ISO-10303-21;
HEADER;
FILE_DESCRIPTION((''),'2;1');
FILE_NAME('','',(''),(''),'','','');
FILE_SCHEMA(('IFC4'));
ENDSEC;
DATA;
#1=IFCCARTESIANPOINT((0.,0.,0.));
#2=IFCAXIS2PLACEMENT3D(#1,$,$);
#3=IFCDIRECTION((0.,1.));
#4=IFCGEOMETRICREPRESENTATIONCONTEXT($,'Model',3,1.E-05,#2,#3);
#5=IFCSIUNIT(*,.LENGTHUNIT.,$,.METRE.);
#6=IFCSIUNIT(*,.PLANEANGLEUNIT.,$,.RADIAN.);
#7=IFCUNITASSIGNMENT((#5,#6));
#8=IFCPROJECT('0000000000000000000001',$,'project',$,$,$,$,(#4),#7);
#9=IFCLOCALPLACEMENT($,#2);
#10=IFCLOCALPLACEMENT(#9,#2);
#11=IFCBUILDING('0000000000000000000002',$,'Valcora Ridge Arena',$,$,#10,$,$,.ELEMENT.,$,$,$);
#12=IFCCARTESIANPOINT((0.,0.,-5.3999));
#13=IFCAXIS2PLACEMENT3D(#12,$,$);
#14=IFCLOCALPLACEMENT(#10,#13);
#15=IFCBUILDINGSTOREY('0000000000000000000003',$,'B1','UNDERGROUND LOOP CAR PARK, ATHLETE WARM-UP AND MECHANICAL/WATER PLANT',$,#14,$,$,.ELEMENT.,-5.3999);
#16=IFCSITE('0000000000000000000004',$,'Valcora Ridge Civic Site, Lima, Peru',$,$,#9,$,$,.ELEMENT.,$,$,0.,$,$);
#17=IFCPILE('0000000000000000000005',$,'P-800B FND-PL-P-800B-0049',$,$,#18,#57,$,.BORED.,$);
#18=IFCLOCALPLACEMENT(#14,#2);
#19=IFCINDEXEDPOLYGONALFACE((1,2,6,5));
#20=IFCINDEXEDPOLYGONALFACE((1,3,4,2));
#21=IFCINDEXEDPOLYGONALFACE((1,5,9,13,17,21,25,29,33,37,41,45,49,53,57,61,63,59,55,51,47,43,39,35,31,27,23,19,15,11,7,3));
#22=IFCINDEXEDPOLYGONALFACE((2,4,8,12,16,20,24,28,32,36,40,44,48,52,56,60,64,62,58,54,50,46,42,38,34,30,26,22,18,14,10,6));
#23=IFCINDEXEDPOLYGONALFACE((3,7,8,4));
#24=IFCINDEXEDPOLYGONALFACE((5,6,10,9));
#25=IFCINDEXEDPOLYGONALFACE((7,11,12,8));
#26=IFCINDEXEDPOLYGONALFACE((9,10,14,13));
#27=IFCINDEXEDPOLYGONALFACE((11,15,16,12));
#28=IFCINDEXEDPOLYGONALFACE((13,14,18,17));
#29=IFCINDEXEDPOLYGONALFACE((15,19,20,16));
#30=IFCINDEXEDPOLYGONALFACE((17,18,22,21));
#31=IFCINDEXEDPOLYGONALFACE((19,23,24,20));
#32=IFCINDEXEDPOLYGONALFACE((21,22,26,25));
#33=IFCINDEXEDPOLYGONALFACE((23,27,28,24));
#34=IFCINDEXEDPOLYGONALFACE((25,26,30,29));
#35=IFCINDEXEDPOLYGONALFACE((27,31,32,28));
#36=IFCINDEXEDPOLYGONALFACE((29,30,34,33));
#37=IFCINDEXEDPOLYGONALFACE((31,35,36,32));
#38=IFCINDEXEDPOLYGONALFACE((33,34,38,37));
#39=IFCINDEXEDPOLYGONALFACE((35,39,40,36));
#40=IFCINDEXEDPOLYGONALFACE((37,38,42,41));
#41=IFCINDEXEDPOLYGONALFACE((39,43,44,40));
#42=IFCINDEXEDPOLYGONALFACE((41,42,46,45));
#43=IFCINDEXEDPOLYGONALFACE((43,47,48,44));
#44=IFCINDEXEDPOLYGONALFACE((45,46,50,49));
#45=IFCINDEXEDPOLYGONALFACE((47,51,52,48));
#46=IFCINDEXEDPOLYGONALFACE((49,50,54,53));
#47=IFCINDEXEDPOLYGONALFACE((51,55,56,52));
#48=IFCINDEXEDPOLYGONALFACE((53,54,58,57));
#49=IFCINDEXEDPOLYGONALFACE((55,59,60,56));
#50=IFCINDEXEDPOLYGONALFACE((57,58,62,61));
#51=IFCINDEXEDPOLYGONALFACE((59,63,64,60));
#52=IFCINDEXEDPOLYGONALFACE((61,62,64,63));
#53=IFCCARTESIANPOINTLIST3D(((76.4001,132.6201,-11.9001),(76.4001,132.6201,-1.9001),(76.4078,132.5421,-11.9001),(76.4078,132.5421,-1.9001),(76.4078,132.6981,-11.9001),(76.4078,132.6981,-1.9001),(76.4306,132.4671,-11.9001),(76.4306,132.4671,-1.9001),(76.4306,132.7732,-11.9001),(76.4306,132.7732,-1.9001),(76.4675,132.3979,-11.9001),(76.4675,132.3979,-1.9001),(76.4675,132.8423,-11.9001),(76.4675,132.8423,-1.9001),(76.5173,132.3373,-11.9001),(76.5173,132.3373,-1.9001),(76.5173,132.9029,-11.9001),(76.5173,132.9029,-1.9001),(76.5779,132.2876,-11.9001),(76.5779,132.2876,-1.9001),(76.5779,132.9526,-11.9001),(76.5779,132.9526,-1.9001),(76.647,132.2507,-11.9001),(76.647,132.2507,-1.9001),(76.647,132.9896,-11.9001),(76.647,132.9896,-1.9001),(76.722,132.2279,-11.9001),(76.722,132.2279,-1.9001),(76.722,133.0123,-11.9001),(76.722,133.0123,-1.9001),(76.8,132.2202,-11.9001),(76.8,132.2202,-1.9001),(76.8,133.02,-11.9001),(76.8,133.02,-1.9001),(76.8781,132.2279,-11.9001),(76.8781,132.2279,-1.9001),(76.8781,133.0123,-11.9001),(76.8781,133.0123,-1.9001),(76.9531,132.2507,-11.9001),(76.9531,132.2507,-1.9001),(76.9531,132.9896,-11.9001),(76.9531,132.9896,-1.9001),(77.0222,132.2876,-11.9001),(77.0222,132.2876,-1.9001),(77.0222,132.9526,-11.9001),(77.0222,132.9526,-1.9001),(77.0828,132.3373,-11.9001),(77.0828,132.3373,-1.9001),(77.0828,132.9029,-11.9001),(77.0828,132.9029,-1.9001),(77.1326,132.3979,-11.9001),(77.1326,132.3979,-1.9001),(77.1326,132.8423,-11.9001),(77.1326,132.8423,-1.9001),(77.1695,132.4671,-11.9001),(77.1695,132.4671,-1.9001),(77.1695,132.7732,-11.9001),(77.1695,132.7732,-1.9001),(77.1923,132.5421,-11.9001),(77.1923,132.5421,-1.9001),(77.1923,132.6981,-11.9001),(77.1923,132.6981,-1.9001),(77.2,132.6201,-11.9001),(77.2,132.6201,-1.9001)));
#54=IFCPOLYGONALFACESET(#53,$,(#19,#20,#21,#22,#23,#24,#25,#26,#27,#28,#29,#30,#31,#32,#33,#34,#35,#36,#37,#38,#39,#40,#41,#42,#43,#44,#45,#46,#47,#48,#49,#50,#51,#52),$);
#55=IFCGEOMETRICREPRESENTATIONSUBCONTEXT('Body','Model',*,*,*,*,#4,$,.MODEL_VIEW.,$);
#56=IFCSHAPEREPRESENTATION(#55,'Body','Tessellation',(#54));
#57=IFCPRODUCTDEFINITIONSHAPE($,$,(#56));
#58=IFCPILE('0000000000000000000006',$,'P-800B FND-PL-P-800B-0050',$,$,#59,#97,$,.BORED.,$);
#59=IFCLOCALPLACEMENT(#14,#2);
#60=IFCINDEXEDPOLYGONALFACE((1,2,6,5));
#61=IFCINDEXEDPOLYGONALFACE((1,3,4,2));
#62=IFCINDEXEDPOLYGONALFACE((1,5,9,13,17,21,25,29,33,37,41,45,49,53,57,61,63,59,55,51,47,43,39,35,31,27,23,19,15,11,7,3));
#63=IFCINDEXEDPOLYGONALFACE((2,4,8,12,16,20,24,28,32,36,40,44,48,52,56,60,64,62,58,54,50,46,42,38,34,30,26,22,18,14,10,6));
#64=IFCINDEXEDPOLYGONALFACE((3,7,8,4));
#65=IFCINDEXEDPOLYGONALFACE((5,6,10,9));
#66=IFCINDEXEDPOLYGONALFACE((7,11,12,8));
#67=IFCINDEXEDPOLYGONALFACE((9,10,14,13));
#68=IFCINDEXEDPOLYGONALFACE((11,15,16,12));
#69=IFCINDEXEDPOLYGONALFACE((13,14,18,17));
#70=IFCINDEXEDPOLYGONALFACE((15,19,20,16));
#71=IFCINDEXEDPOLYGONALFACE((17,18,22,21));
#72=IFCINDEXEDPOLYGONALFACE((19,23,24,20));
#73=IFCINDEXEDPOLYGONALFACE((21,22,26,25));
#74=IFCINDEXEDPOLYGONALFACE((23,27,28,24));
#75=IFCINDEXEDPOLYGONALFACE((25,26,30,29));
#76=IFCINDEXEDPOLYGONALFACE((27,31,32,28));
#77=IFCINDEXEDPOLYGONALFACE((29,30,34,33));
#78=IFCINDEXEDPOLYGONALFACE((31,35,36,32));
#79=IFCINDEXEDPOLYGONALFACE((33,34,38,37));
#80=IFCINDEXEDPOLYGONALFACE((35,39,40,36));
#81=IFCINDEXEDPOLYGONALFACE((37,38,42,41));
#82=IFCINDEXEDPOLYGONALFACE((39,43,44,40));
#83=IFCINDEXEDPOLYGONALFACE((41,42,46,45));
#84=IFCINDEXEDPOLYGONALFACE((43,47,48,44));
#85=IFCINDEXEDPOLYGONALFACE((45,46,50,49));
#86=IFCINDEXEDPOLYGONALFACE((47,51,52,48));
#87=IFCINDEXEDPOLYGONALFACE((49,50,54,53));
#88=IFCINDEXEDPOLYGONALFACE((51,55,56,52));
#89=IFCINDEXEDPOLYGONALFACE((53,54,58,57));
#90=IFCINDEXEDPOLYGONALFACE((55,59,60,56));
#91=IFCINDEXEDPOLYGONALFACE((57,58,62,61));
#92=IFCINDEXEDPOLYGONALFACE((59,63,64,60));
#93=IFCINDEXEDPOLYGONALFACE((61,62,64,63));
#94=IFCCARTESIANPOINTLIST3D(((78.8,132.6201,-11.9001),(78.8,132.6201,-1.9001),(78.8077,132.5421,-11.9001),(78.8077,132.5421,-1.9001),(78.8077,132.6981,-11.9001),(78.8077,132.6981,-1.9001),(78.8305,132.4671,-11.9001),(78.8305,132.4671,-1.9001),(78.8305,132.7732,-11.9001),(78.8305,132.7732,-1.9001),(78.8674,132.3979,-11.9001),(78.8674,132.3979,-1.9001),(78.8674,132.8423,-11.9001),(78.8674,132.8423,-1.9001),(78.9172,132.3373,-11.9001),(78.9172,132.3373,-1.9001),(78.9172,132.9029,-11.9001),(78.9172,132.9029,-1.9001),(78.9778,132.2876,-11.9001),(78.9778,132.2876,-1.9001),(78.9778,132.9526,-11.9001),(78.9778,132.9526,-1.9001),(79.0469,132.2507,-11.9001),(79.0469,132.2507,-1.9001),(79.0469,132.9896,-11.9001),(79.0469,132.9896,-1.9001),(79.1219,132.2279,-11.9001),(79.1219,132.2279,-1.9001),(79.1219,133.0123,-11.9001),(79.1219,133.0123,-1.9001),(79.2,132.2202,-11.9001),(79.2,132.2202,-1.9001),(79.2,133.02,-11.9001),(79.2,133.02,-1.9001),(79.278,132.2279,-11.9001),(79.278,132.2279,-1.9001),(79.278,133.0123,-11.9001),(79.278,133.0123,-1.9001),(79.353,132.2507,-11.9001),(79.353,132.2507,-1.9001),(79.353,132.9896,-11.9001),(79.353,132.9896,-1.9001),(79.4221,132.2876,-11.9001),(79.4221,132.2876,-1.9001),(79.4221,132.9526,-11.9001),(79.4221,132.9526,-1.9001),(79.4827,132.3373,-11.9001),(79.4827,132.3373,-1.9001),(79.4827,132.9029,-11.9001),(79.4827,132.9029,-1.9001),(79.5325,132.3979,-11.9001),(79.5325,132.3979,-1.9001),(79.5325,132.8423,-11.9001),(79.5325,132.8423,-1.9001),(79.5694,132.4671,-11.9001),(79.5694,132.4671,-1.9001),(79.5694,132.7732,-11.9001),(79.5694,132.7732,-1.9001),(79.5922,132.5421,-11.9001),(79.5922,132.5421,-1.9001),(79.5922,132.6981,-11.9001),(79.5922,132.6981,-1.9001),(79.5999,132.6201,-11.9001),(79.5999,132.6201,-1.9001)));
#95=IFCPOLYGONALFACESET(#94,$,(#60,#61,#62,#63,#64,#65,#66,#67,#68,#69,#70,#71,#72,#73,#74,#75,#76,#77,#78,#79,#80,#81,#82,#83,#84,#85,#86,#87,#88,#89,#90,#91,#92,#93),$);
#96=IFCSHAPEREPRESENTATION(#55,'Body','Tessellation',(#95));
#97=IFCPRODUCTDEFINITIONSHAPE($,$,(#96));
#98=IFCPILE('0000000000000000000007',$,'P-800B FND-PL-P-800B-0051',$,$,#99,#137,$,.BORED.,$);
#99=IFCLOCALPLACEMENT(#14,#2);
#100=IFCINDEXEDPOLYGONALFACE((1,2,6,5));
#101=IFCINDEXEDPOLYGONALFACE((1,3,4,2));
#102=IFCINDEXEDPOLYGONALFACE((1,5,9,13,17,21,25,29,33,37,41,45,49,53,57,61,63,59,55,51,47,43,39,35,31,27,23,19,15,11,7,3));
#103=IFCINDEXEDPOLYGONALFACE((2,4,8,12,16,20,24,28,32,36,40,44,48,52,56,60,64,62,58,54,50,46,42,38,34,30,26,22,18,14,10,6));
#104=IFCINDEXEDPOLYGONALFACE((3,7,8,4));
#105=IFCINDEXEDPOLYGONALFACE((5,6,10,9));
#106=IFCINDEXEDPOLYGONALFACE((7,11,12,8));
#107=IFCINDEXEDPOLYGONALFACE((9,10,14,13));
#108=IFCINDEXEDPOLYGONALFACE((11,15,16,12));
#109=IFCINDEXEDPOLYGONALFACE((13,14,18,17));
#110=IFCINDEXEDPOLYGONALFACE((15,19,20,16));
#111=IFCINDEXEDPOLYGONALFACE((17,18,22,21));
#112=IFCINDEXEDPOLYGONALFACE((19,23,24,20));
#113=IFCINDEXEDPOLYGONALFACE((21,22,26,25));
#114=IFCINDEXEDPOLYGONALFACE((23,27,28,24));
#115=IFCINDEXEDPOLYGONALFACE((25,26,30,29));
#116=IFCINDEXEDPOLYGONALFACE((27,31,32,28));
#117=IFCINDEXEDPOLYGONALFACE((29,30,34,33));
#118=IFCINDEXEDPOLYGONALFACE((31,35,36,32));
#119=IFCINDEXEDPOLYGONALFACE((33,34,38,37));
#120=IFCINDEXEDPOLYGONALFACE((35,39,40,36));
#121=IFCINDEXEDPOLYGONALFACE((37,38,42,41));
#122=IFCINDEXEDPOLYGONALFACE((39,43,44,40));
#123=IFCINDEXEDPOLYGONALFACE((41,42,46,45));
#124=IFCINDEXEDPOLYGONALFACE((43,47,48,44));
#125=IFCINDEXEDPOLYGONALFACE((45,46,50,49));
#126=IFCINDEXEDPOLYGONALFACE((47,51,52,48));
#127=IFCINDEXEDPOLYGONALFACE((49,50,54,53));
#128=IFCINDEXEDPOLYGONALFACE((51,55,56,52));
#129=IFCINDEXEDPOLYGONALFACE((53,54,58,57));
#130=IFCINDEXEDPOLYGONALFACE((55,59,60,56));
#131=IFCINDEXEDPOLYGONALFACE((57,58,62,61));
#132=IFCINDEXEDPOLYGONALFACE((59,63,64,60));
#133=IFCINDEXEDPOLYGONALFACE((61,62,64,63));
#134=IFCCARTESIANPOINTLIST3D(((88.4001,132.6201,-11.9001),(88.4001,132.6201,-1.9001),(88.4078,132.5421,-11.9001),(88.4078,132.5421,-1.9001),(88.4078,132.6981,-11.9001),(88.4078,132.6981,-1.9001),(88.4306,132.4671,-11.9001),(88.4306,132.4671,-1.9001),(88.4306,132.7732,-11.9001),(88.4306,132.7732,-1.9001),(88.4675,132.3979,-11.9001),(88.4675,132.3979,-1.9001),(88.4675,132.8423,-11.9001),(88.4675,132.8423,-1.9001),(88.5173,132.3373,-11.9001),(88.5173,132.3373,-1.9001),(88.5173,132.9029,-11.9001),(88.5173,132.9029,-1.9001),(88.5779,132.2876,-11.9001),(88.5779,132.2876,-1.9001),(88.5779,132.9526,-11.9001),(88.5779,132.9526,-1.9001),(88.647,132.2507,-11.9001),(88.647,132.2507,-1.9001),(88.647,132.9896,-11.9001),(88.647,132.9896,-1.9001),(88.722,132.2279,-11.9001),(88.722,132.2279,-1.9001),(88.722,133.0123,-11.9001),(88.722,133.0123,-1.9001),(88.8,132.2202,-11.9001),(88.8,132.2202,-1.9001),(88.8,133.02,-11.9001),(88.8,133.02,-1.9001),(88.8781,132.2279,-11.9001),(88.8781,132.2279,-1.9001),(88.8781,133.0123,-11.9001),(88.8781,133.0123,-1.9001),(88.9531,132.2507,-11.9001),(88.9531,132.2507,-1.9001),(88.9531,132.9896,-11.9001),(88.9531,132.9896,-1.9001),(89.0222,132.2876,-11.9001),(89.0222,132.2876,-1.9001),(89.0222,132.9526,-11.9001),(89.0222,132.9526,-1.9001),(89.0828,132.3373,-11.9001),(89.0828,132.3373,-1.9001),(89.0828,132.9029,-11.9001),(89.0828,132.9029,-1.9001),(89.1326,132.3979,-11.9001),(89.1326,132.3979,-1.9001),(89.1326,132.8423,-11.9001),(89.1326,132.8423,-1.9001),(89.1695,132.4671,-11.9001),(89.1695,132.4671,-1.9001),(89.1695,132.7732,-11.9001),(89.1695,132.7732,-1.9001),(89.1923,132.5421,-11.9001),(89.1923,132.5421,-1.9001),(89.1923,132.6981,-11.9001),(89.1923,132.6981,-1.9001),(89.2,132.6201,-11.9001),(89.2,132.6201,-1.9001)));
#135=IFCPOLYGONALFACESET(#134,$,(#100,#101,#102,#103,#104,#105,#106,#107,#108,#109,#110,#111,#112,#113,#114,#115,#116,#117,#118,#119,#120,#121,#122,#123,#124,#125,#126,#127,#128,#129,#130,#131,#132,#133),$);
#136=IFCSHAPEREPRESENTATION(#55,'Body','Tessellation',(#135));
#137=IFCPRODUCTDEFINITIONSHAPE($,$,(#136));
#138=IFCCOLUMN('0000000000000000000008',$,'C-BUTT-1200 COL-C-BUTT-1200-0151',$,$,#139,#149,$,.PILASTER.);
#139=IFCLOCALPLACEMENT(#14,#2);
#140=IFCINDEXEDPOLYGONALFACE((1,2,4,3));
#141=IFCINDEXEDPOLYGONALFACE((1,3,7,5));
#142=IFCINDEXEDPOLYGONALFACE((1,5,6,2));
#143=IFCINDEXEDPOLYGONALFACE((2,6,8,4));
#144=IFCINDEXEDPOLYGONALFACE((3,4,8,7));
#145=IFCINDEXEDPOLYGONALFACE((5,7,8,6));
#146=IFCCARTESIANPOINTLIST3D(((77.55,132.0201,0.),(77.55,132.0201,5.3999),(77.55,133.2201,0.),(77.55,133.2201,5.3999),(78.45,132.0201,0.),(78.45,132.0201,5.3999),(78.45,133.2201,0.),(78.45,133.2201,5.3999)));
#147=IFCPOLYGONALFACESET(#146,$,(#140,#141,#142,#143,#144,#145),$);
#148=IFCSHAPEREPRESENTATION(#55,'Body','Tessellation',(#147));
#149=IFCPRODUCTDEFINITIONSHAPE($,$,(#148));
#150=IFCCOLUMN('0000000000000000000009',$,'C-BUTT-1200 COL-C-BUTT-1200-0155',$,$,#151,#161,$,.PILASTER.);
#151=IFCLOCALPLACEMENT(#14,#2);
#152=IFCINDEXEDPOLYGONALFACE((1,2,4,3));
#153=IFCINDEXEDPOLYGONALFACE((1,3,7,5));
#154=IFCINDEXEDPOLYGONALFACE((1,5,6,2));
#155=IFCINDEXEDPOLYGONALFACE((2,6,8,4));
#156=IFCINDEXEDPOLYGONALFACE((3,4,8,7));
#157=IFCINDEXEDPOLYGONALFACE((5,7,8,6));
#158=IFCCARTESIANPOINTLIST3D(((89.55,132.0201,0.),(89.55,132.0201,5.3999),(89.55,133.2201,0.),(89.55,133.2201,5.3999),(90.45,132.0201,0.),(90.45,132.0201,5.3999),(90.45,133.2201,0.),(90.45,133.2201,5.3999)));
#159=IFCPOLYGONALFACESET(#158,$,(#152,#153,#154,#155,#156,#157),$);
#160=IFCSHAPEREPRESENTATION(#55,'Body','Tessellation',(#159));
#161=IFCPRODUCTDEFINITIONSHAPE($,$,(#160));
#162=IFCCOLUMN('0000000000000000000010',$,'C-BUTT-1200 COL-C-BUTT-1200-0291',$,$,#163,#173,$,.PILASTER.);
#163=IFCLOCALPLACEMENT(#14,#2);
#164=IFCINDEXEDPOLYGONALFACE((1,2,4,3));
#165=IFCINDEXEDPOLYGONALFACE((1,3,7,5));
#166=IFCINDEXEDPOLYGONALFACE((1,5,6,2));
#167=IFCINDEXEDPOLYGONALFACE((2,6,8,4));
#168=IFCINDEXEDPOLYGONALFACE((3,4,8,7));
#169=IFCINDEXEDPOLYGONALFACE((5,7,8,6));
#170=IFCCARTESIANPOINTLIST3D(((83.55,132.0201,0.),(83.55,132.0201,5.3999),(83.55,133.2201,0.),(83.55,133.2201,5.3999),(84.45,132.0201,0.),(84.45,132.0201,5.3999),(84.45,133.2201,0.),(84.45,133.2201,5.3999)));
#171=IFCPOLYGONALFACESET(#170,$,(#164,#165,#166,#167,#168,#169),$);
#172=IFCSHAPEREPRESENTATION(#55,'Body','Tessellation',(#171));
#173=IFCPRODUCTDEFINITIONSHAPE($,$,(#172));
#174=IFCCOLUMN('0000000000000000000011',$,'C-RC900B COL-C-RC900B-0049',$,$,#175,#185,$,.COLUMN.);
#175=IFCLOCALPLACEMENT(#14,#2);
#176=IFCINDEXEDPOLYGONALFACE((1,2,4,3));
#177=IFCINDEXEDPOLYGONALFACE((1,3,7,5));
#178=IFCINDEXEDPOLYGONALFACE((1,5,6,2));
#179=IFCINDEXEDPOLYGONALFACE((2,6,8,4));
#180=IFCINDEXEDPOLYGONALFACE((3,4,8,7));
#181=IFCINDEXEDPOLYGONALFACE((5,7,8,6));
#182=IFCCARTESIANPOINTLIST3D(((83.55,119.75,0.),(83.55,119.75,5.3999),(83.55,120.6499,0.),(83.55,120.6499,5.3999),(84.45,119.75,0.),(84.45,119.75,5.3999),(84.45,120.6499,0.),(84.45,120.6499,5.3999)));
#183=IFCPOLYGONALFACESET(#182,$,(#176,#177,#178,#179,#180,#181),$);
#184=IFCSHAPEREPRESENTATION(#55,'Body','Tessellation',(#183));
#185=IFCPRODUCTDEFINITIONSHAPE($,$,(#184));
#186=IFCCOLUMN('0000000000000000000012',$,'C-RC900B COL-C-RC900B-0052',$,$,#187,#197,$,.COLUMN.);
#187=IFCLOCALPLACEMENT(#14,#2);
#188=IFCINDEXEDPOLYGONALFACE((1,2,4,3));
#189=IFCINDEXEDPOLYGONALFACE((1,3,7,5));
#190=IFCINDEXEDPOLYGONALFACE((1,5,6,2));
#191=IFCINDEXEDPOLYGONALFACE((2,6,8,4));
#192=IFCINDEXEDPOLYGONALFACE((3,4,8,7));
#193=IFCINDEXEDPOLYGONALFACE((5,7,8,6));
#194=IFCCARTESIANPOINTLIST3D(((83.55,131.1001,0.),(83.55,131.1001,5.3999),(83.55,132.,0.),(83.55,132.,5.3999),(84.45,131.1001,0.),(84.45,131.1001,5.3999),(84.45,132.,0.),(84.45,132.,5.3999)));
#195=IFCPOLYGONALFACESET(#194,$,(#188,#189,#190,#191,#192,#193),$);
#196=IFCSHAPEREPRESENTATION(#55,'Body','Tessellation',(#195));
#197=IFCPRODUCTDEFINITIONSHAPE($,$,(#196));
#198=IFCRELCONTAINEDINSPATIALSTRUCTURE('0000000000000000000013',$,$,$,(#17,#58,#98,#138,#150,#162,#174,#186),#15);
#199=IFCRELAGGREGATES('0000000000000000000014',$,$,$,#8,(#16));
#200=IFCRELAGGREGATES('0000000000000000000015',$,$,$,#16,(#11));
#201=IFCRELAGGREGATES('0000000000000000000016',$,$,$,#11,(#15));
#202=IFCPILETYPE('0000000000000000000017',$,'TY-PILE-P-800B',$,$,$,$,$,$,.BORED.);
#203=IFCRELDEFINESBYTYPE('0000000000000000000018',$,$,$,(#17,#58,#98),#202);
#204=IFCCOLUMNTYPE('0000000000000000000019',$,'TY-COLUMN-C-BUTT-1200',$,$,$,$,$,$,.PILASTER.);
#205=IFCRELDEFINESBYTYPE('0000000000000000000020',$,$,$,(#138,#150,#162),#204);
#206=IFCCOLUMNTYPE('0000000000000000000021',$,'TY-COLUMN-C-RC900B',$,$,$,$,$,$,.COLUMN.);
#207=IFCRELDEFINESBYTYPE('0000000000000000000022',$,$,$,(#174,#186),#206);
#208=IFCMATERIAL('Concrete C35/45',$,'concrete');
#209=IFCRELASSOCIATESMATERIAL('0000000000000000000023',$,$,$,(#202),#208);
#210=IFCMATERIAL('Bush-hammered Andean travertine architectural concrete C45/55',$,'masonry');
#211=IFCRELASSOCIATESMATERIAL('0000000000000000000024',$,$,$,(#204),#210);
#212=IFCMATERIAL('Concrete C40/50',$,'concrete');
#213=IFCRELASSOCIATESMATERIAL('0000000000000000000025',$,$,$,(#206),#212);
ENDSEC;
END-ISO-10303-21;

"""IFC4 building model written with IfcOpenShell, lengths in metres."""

from ifc_helpers import new_model, si_unit, direction, frame, origin, origin_2d, place, context, subcontext, project, spatial, rectangle, circle, extrude, material, material_profile, profile_set, type_object, element, save


model = new_model("IFC4")

# Units and contexts
model_context = context("Model", 3, precision=1e-05, world=origin(), true_north=direction((0.0, 1.0)))
body_context = subcontext(model_context, "Body", "Model", "MODEL_VIEW")
ifc_project = project(units=[si_unit("LENGTHUNIT", "METRE"), si_unit("PLANEANGLEUNIT", "RADIAN")], contexts=[model_context])

# Site, building, storey
site_placement = place(None, origin())
site = spatial("IfcSite", under=ifc_project, at=site_placement, Name="Valcora Ridge Civic Site, Lima, Peru", CompositionType="ELEMENT", RefElevation=0.0)
building_placement = place(site_placement, origin())
building = spatial("IfcBuilding", under=site, at=building_placement, Name="Valcora Ridge Arena", CompositionType="ELEMENT")
storey_placement = place(building_placement, frame((0.0, 0.0, -5.3999)))
storey = spatial("IfcBuildingStorey", under=building, at=storey_placement, Name="B1", Description="UNDERGROUND LOOP CAR PARK, ATHLETE WARM-UP AND MECHANICAL/WATER PLANT", CompositionType="ELEMENT", Elevation=-5.3999)

# Shared definitions
ifc_material_1 = material(Name="Concrete C40/50", Category="concrete")

# Piles
ifc_material_2 = material(Name="Concrete C35/45", Category="concrete")
ifc_material_profile_1 = material_profile(ifc_material_2, circle(Radius=0.3999, at=origin_2d()), Name="BORED PILE D800")
ifc_profile_set_1 = profile_set([ifc_material_profile_1], Name="Concrete C35/45")
pile_type_1 = type_object("IfcPileType", Name="TY-PILE-P-800B", PredefinedType="BORED", material=ifc_profile_set_1)
for number, where, z_axis, x_axis, name in (
    (1, (76.8, 132.6201, -1.9001), (0.0, 0.0, -1.0), (1.0, 0.0, 0.0), "P-800B FND-PL-P-800B-0049"),
    (2, (79.2, 132.6201, -1.9001), (0.0, 0.0, -1.0), (1.0, 0.0, 0.0), "P-800B FND-PL-P-800B-0050"),
    (3, (88.8, 132.6201, -1.9001), (0.0, 0.0, -1.0), (1.0, 0.0, 0.0), "P-800B FND-PL-P-800B-0051"),
):
    element("IfcPile", number, at=place(storey_placement, frame(where, z_axis=z_axis, x_axis=x_axis)), inside=storey, type_object=pile_type_1, Name=name, PredefinedType="BORED", context=body_context, shape_type="SweptSolid", body=[
        extrude(circle(Radius=0.3999, at=origin_2d()), origin(), (0.0, 0.0, 1.0), 10.0),
    ])

# Columns
ifc_material_3 = material(Name="Bush-hammered Andean travertine architectural concrete C45/55", Category="masonry")
ifc_material_profile_2 = material_profile(ifc_material_3, rectangle(XDim=0.8999, YDim=1.2, at=origin_2d()), Name="RC 900x1200")
ifc_profile_set_2 = profile_set([ifc_material_profile_2], Name="Bush-hammered Andean travertine architectural concrete C45/55")
column_type_1 = type_object("IfcColumnType", Name="TY-COLUMN-C-BUTT-1200", PredefinedType="PILASTER", material=ifc_profile_set_2)
for number, where, z_axis, x_axis, name in (
    (4, (78.0, 132.6201, 0.0), (0.0, 0.0, 1.0), (1.0, 0.0, 0.0), "C-BUTT-1200 COL-C-BUTT-1200-0151"),
    (5, (90.0, 132.6201, 0.0), (0.0, 0.0, 1.0), (1.0, 0.0, 0.0), "C-BUTT-1200 COL-C-BUTT-1200-0155"),
    (6, (84.0, 132.6201, 0.0), (0.0, 0.0, 1.0), (1.0, 0.0, 0.0), "C-BUTT-1200 COL-C-BUTT-1200-0291"),
):
    element("IfcColumn", number, at=place(storey_placement, frame(where, z_axis=z_axis, x_axis=x_axis)), inside=storey, type_object=column_type_1, Name=name, PredefinedType="PILASTER", context=body_context, shape_type="SweptSolid", body=[
        extrude(rectangle(XDim=0.8999, YDim=1.2, at=origin_2d()), origin(), (0.0, 0.0, 1.0), 5.3999),
    ])
ifc_material_profile_3 = material_profile(ifc_material_1, rectangle(XDim=0.8999, YDim=0.8999, at=origin_2d()), Name="RC 900x900")
ifc_profile_set_3 = profile_set([ifc_material_profile_3], Name="Concrete C40/50")
column_type_2 = type_object("IfcColumnType", Name="TY-COLUMN-C-RC900B", PredefinedType="COLUMN", material=ifc_profile_set_3)
for number, where, z_axis, x_axis, name in (
    (7, (84.0, 120.2, 0.0), (0.0, 0.0, 1.0), (1.0, 0.0, 0.0), "C-RC900B COL-C-RC900B-0049"),
    (8, (84.0, 131.55, 0.0), (0.0, 0.0, 1.0), (1.0, 0.0, 0.0), "C-RC900B COL-C-RC900B-0052"),
):
    element("IfcColumn", number, at=place(storey_placement, frame(where, z_axis=z_axis, x_axis=x_axis)), inside=storey, type_object=column_type_2, Name=name, PredefinedType="COLUMN", context=body_context, shape_type="SweptSolid", body=[
        extrude(rectangle(XDim=0.8999, YDim=0.8999, at=origin_2d()), origin(), (0.0, 0.0, 1.0), 5.3999),
    ])

save(model, "model.ifc")
